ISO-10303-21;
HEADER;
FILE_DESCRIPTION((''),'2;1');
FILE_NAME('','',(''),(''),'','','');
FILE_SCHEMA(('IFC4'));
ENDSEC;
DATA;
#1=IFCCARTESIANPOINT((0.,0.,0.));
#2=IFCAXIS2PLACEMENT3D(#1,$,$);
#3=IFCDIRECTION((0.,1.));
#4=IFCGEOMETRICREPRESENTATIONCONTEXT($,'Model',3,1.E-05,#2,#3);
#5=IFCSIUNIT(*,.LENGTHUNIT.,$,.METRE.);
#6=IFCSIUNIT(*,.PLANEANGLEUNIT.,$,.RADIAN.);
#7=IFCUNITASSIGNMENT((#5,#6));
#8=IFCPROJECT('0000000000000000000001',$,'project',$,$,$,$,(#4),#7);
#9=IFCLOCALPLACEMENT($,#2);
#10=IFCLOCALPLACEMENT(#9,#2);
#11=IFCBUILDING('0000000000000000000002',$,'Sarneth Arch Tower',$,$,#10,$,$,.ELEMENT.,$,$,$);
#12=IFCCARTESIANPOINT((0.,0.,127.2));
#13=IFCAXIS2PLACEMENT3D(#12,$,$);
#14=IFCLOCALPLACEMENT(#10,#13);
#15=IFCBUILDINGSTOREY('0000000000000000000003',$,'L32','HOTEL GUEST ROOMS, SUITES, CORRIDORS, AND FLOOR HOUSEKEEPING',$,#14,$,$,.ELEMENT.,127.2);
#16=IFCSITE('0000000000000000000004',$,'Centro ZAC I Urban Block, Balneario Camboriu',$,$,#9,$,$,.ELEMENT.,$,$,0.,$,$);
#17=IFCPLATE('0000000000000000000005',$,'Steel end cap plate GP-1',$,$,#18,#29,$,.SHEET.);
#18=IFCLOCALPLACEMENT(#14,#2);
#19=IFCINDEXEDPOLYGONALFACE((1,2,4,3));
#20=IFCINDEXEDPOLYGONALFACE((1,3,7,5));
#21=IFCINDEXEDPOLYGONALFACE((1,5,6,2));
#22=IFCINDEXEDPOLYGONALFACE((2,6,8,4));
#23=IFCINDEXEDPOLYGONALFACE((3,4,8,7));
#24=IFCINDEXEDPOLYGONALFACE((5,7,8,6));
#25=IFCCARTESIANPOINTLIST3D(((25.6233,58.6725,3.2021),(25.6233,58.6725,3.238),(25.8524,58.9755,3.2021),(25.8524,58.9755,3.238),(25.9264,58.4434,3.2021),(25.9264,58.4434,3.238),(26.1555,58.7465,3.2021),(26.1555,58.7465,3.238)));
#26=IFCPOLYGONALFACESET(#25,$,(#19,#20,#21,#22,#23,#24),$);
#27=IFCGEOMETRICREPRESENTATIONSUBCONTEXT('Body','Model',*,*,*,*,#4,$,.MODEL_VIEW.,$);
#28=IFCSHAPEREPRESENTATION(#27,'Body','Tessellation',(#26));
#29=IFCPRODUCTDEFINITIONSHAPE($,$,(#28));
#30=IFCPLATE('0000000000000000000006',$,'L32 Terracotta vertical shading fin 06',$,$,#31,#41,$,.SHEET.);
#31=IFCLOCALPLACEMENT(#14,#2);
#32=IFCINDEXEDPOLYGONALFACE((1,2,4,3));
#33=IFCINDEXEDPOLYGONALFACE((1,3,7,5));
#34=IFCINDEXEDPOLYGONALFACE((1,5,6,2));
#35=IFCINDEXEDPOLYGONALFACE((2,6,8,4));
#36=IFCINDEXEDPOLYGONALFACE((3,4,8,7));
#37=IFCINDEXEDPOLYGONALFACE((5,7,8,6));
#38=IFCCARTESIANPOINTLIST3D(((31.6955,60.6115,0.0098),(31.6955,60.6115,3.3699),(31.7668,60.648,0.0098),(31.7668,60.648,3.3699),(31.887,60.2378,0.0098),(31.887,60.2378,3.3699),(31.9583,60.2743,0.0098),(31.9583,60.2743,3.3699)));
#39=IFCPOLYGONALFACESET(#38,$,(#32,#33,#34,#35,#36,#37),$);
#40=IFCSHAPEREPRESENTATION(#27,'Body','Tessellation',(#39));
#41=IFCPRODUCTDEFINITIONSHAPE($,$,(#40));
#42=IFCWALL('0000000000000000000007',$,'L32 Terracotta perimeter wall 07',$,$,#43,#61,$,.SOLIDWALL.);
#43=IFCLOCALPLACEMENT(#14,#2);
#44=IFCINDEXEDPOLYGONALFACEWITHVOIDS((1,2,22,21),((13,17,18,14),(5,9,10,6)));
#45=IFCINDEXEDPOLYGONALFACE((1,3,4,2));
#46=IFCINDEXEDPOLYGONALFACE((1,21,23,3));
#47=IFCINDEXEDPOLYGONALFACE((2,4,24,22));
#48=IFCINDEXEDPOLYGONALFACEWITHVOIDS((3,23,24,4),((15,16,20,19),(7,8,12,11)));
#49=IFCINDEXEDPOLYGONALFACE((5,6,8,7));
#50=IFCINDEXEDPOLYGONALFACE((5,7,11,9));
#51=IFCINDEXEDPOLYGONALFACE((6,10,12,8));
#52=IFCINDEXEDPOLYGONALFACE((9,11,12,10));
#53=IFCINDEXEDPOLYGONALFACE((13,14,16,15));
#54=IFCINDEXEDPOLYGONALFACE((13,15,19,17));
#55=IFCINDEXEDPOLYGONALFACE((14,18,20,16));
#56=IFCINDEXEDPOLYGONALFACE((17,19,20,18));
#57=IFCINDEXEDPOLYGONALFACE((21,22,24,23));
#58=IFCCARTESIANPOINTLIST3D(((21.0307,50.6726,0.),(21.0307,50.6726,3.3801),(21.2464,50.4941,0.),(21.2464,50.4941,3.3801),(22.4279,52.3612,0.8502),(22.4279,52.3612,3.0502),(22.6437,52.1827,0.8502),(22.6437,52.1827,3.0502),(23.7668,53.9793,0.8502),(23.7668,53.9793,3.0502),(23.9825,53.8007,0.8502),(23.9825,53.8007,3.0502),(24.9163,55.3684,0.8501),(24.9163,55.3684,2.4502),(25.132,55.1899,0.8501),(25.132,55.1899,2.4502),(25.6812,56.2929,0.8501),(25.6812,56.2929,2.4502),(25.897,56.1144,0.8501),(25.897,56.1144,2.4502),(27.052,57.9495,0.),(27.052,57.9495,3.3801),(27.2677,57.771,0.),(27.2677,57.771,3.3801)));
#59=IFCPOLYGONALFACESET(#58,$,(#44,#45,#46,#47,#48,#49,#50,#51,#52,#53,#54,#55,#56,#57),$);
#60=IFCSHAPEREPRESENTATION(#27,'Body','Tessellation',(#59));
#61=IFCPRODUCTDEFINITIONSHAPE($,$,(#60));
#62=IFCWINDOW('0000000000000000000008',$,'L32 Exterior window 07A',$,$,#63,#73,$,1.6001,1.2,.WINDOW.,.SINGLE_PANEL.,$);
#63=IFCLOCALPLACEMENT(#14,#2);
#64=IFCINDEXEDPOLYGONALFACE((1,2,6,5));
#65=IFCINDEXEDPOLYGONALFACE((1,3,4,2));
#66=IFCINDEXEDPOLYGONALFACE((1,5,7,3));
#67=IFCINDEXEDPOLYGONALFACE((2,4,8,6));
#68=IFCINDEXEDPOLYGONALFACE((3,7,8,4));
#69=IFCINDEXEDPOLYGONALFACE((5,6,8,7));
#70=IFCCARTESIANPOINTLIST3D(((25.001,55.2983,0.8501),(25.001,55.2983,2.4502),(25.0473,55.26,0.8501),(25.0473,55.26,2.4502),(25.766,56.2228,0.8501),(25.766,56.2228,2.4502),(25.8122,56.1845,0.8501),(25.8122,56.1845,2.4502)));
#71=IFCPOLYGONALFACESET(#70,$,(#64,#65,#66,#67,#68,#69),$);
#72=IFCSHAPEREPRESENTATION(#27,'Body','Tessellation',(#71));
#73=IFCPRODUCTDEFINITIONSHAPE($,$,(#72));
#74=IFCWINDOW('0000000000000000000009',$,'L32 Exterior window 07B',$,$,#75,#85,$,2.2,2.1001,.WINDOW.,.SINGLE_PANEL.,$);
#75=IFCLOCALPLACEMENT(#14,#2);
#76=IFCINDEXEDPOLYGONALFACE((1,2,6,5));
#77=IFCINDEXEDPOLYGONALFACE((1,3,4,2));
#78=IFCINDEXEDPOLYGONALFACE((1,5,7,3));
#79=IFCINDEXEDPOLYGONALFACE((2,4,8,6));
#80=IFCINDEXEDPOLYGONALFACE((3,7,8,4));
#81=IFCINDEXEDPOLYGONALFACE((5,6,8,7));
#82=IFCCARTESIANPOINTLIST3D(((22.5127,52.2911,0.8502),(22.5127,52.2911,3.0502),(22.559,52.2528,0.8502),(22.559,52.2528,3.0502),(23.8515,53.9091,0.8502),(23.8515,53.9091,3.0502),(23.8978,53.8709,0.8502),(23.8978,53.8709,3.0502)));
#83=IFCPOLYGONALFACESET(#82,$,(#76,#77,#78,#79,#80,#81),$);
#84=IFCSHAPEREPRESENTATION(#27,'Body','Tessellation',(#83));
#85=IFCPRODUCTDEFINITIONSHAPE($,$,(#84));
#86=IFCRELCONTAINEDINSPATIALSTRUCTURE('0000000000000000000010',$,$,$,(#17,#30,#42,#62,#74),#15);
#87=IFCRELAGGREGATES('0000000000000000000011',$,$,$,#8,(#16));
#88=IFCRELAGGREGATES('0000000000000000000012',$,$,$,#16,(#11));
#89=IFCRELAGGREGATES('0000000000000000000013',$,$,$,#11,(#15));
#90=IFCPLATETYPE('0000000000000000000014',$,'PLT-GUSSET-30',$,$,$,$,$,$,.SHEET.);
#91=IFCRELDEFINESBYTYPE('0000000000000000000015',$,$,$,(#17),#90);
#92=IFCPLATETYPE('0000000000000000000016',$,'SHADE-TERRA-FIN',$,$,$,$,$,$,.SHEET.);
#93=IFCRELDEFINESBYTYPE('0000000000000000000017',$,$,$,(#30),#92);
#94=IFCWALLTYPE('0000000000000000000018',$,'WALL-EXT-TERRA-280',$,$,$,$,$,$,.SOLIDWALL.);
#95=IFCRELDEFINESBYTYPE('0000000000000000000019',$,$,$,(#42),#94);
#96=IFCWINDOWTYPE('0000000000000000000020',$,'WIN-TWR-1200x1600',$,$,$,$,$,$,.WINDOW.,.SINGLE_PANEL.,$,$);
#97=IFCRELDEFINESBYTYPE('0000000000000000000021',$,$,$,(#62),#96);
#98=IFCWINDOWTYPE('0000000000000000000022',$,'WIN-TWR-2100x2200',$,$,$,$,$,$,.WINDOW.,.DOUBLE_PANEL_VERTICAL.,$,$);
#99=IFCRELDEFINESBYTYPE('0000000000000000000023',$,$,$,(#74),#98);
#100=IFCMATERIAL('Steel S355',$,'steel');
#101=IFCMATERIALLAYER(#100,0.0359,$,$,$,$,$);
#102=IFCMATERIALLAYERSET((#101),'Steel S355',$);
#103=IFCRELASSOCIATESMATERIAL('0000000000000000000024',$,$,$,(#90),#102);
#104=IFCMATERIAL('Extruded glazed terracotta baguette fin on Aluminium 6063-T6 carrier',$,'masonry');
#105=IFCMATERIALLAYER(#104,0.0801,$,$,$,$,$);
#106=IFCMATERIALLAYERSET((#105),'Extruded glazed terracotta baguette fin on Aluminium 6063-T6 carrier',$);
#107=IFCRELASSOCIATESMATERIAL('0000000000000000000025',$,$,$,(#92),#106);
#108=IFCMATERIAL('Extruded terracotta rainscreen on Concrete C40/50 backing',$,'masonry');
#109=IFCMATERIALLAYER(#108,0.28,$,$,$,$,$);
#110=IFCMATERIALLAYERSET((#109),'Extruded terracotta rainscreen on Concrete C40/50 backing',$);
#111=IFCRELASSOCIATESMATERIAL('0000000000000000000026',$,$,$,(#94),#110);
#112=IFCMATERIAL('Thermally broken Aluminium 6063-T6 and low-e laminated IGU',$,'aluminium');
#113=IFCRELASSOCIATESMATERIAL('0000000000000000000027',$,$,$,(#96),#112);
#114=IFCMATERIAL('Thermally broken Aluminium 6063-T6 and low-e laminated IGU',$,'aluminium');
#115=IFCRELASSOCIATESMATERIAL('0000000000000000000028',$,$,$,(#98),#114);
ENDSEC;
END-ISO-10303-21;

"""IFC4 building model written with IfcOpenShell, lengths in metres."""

from ifc_helpers import new_model, si_unit, direction, frame, frame_2d, origin, origin_2d, place, context, subcontext, project, spatial, rectangle, extrude, material, layer, layer_set, type_object, element, fill, save


model = new_model("IFC4")

# Units and contexts
model_context = context("Model", 3, precision=1e-05, world=origin(), true_north=direction((0.0, 1.0)))
body_context = subcontext(model_context, "Body", "Model", "MODEL_VIEW")
ifc_project = project(units=[si_unit("LENGTHUNIT", "METRE"), si_unit("PLANEANGLEUNIT", "RADIAN")], contexts=[model_context])

# Site, building, storey
site_placement = place(None, origin())
site = spatial("IfcSite", under=ifc_project, at=site_placement, Name="Centro ZAC I Urban Block, Balneario Camboriu", CompositionType="ELEMENT", RefElevation=0.0)
building_placement = place(site_placement, origin())
building = spatial("IfcBuilding", under=site, at=building_placement, Name="Sarneth Arch Tower", CompositionType="ELEMENT")
storey_placement = place(building_placement, frame((0.0, 0.0, 127.2)))
storey = spatial("IfcBuildingStorey", under=building, at=storey_placement, Name="L32", Description="HOTEL GUEST ROOMS, SUITES, CORRIDORS, AND FLOOR HOUSEKEEPING", CompositionType="ELEMENT", Elevation=127.2)

# Plates
ifc_material_1 = material(Name="Steel S355", Category="steel")
ifc_layer_1 = layer(ifc_material_1, 0.0359)
ifc_layer_set_1 = layer_set([ifc_layer_1], Name="Steel S355")
plate_type_1 = type_object("IfcPlateType", Name="PLT-GUSSET-30", PredefinedType="SHEET", material=ifc_layer_set_1)
plate_1_placement = place(storey_placement, frame((25.8894, 58.7095, 3.2021), z_axis=(0.0, 0.0, 1.0), x_axis=(-0.797794, 0.60293, 0.0)))
element("IfcPlate", 1, at=plate_1_placement, inside=storey, type_object=plate_type_1, Name="Steel end cap plate GP-1", PredefinedType="SHEET", context=body_context, shape_type="SweptSolid", body=[
    extrude(rectangle(XDim=0.3799, YDim=0.3799, at=origin_2d()), origin(), (0.0, 0.0, 1.0), 0.0359),
])
ifc_material_2 = material(Name="Extruded glazed terracotta baguette fin on Aluminium 6063-T6 carrier", Category="masonry")
ifc_layer_2 = layer(ifc_material_2, 0.0801)
ifc_layer_set_2 = layer_set([ifc_layer_2], Name="Extruded glazed terracotta baguette fin on Aluminium 6063-T6 carrier")
plate_type_2 = type_object("IfcPlateType", Name="SHADE-TERRA-FIN", PredefinedType="SHEET", material=ifc_layer_set_2)
plate_2_placement = place(storey_placement, frame((31.8269, 60.4429, 0.0098), z_axis=(0.0, 0.0, 1.0), x_axis=(-0.456011, 0.889974, 0.0)))
element("IfcPlate", 2, at=plate_2_placement, inside=storey, type_object=plate_type_2, Name="L32 Terracotta vertical shading fin 06", PredefinedType="SHEET", context=body_context, shape_type="SweptSolid", body=[
    extrude(rectangle(XDim=0.4199, YDim=0.0801, at=origin_2d()), origin(), (0.0, 0.0, 1.0), 3.3601),
])

# Wall, openings, windows
ifc_material_3 = material(Name="Extruded terracotta rainscreen on Concrete C40/50 backing", Category="masonry")
ifc_layer_3 = layer(ifc_material_3, 0.28)
ifc_layer_set_3 = layer_set([ifc_layer_3], Name="Extruded terracotta rainscreen on Concrete C40/50 backing")
wall_type = type_object("IfcWallType", Name="WALL-EXT-TERRA-280", PredefinedType="SOLIDWALL", material=ifc_layer_set_3)
wall_placement = place(storey_placement, frame((27.1599, 57.8604, 0.0), z_axis=(0.0, 0.0, 1.0), x_axis=(-0.637506, -0.770446, 0.0)))
wall = element("IfcWall", 3, at=wall_placement, inside=storey, type_object=wall_type, Name="L32 Terracotta perimeter wall 07", PredefinedType="SOLIDWALL", context=body_context, shape_type="SweptSolid", body=[
    extrude(rectangle(XDim=9.4451, YDim=0.28, at=frame_2d((4.7227, 0.0))), origin(), (0.0, 0.0, 1.0), 3.3801),
])
opening_1_placement = place(wall_placement, frame((2.1501, 0.0, 0.8501)))
opening_1 = element("IfcOpeningElement", 4, at=opening_1_placement, cuts=wall, PredefinedType="OPENING", context=body_context, shape_type="SweptSolid", body=[
    extrude(rectangle(XDim=1.2, YDim=1.6001, at=frame_2d((0.6001, 0.8))), frame((0.0, 0.1499, 0.0), z_axis=(0.0, -1.0, 0.0), x_axis=(1.0, 0.0, 0.0)), (0.0, 0.0, 1.0), 0.3),
])
opening_2_placement = place(wall_placement, frame((5.1533, 0.0, 0.8501)))
opening_2 = element("IfcOpeningElement", 5, at=opening_2_placement, cuts=wall, PredefinedType="OPENING", context=body_context, shape_type="SweptSolid", body=[
    extrude(rectangle(XDim=2.1001, YDim=2.2, at=frame_2d((1.05, 1.1001))), frame((0.0, 0.1499, 0.0), z_axis=(0.0, -1.0, 0.0), x_axis=(1.0, 0.0, 0.0)), (0.0, 0.0, 1.0), 0.3),
])
ifc_material_4 = material(Name="Thermally broken Aluminium 6063-T6 and low-e laminated IGU", Category="aluminium")
window_type_1 = type_object("IfcWindowType", Name="WIN-TWR-1200x1600", PartitioningType="SINGLE_PANEL", PredefinedType="WINDOW", material=ifc_material_4)
window_1_placement = place(opening_1_placement, origin())
window_1 = element("IfcWindow", 6, at=window_1_placement, inside=storey, type_object=window_type_1, Name="L32 Exterior window 07A", OverallHeight=1.6001, OverallWidth=1.2, PartitioningType="SINGLE_PANEL", PredefinedType="WINDOW", context=body_context, shape_type="SweptSolid", body=[
    extrude(rectangle(XDim=1.2, YDim=1.6001, at=frame_2d((0.6001, 0.8))), frame((0.0, 0.03, 0.0), z_axis=(0.0, -1.0, 0.0), x_axis=(1.0, 0.0, 0.0)), (0.0, 0.0, 1.0), 0.0601),
])
fill(opening_1, window_1)
ifc_material_5 = material(Name="Thermally broken Aluminium 6063-T6 and low-e laminated IGU", Category="aluminium")
window_type_2 = type_object("IfcWindowType", Name="WIN-TWR-2100x2200", PartitioningType="DOUBLE_PANEL_VERTICAL", PredefinedType="WINDOW", material=ifc_material_5)
window_2_placement = place(opening_2_placement, origin())
window_2 = element("IfcWindow", 7, at=window_2_placement, inside=storey, type_object=window_type_2, Name="L32 Exterior window 07B", OverallHeight=2.2, OverallWidth=2.1001, PartitioningType="SINGLE_PANEL", PredefinedType="WINDOW", context=body_context, shape_type="SweptSolid", body=[
    extrude(rectangle(XDim=2.1001, YDim=2.2, at=frame_2d((1.05, 1.1001))), frame((0.0, 0.03, 0.0), z_axis=(0.0, -1.0, 0.0), x_axis=(1.0, 0.0, 0.0)), (0.0, 0.0, 1.0), 0.0601),
])
fill(opening_2, window_2)

save(model, "model.ifc")
